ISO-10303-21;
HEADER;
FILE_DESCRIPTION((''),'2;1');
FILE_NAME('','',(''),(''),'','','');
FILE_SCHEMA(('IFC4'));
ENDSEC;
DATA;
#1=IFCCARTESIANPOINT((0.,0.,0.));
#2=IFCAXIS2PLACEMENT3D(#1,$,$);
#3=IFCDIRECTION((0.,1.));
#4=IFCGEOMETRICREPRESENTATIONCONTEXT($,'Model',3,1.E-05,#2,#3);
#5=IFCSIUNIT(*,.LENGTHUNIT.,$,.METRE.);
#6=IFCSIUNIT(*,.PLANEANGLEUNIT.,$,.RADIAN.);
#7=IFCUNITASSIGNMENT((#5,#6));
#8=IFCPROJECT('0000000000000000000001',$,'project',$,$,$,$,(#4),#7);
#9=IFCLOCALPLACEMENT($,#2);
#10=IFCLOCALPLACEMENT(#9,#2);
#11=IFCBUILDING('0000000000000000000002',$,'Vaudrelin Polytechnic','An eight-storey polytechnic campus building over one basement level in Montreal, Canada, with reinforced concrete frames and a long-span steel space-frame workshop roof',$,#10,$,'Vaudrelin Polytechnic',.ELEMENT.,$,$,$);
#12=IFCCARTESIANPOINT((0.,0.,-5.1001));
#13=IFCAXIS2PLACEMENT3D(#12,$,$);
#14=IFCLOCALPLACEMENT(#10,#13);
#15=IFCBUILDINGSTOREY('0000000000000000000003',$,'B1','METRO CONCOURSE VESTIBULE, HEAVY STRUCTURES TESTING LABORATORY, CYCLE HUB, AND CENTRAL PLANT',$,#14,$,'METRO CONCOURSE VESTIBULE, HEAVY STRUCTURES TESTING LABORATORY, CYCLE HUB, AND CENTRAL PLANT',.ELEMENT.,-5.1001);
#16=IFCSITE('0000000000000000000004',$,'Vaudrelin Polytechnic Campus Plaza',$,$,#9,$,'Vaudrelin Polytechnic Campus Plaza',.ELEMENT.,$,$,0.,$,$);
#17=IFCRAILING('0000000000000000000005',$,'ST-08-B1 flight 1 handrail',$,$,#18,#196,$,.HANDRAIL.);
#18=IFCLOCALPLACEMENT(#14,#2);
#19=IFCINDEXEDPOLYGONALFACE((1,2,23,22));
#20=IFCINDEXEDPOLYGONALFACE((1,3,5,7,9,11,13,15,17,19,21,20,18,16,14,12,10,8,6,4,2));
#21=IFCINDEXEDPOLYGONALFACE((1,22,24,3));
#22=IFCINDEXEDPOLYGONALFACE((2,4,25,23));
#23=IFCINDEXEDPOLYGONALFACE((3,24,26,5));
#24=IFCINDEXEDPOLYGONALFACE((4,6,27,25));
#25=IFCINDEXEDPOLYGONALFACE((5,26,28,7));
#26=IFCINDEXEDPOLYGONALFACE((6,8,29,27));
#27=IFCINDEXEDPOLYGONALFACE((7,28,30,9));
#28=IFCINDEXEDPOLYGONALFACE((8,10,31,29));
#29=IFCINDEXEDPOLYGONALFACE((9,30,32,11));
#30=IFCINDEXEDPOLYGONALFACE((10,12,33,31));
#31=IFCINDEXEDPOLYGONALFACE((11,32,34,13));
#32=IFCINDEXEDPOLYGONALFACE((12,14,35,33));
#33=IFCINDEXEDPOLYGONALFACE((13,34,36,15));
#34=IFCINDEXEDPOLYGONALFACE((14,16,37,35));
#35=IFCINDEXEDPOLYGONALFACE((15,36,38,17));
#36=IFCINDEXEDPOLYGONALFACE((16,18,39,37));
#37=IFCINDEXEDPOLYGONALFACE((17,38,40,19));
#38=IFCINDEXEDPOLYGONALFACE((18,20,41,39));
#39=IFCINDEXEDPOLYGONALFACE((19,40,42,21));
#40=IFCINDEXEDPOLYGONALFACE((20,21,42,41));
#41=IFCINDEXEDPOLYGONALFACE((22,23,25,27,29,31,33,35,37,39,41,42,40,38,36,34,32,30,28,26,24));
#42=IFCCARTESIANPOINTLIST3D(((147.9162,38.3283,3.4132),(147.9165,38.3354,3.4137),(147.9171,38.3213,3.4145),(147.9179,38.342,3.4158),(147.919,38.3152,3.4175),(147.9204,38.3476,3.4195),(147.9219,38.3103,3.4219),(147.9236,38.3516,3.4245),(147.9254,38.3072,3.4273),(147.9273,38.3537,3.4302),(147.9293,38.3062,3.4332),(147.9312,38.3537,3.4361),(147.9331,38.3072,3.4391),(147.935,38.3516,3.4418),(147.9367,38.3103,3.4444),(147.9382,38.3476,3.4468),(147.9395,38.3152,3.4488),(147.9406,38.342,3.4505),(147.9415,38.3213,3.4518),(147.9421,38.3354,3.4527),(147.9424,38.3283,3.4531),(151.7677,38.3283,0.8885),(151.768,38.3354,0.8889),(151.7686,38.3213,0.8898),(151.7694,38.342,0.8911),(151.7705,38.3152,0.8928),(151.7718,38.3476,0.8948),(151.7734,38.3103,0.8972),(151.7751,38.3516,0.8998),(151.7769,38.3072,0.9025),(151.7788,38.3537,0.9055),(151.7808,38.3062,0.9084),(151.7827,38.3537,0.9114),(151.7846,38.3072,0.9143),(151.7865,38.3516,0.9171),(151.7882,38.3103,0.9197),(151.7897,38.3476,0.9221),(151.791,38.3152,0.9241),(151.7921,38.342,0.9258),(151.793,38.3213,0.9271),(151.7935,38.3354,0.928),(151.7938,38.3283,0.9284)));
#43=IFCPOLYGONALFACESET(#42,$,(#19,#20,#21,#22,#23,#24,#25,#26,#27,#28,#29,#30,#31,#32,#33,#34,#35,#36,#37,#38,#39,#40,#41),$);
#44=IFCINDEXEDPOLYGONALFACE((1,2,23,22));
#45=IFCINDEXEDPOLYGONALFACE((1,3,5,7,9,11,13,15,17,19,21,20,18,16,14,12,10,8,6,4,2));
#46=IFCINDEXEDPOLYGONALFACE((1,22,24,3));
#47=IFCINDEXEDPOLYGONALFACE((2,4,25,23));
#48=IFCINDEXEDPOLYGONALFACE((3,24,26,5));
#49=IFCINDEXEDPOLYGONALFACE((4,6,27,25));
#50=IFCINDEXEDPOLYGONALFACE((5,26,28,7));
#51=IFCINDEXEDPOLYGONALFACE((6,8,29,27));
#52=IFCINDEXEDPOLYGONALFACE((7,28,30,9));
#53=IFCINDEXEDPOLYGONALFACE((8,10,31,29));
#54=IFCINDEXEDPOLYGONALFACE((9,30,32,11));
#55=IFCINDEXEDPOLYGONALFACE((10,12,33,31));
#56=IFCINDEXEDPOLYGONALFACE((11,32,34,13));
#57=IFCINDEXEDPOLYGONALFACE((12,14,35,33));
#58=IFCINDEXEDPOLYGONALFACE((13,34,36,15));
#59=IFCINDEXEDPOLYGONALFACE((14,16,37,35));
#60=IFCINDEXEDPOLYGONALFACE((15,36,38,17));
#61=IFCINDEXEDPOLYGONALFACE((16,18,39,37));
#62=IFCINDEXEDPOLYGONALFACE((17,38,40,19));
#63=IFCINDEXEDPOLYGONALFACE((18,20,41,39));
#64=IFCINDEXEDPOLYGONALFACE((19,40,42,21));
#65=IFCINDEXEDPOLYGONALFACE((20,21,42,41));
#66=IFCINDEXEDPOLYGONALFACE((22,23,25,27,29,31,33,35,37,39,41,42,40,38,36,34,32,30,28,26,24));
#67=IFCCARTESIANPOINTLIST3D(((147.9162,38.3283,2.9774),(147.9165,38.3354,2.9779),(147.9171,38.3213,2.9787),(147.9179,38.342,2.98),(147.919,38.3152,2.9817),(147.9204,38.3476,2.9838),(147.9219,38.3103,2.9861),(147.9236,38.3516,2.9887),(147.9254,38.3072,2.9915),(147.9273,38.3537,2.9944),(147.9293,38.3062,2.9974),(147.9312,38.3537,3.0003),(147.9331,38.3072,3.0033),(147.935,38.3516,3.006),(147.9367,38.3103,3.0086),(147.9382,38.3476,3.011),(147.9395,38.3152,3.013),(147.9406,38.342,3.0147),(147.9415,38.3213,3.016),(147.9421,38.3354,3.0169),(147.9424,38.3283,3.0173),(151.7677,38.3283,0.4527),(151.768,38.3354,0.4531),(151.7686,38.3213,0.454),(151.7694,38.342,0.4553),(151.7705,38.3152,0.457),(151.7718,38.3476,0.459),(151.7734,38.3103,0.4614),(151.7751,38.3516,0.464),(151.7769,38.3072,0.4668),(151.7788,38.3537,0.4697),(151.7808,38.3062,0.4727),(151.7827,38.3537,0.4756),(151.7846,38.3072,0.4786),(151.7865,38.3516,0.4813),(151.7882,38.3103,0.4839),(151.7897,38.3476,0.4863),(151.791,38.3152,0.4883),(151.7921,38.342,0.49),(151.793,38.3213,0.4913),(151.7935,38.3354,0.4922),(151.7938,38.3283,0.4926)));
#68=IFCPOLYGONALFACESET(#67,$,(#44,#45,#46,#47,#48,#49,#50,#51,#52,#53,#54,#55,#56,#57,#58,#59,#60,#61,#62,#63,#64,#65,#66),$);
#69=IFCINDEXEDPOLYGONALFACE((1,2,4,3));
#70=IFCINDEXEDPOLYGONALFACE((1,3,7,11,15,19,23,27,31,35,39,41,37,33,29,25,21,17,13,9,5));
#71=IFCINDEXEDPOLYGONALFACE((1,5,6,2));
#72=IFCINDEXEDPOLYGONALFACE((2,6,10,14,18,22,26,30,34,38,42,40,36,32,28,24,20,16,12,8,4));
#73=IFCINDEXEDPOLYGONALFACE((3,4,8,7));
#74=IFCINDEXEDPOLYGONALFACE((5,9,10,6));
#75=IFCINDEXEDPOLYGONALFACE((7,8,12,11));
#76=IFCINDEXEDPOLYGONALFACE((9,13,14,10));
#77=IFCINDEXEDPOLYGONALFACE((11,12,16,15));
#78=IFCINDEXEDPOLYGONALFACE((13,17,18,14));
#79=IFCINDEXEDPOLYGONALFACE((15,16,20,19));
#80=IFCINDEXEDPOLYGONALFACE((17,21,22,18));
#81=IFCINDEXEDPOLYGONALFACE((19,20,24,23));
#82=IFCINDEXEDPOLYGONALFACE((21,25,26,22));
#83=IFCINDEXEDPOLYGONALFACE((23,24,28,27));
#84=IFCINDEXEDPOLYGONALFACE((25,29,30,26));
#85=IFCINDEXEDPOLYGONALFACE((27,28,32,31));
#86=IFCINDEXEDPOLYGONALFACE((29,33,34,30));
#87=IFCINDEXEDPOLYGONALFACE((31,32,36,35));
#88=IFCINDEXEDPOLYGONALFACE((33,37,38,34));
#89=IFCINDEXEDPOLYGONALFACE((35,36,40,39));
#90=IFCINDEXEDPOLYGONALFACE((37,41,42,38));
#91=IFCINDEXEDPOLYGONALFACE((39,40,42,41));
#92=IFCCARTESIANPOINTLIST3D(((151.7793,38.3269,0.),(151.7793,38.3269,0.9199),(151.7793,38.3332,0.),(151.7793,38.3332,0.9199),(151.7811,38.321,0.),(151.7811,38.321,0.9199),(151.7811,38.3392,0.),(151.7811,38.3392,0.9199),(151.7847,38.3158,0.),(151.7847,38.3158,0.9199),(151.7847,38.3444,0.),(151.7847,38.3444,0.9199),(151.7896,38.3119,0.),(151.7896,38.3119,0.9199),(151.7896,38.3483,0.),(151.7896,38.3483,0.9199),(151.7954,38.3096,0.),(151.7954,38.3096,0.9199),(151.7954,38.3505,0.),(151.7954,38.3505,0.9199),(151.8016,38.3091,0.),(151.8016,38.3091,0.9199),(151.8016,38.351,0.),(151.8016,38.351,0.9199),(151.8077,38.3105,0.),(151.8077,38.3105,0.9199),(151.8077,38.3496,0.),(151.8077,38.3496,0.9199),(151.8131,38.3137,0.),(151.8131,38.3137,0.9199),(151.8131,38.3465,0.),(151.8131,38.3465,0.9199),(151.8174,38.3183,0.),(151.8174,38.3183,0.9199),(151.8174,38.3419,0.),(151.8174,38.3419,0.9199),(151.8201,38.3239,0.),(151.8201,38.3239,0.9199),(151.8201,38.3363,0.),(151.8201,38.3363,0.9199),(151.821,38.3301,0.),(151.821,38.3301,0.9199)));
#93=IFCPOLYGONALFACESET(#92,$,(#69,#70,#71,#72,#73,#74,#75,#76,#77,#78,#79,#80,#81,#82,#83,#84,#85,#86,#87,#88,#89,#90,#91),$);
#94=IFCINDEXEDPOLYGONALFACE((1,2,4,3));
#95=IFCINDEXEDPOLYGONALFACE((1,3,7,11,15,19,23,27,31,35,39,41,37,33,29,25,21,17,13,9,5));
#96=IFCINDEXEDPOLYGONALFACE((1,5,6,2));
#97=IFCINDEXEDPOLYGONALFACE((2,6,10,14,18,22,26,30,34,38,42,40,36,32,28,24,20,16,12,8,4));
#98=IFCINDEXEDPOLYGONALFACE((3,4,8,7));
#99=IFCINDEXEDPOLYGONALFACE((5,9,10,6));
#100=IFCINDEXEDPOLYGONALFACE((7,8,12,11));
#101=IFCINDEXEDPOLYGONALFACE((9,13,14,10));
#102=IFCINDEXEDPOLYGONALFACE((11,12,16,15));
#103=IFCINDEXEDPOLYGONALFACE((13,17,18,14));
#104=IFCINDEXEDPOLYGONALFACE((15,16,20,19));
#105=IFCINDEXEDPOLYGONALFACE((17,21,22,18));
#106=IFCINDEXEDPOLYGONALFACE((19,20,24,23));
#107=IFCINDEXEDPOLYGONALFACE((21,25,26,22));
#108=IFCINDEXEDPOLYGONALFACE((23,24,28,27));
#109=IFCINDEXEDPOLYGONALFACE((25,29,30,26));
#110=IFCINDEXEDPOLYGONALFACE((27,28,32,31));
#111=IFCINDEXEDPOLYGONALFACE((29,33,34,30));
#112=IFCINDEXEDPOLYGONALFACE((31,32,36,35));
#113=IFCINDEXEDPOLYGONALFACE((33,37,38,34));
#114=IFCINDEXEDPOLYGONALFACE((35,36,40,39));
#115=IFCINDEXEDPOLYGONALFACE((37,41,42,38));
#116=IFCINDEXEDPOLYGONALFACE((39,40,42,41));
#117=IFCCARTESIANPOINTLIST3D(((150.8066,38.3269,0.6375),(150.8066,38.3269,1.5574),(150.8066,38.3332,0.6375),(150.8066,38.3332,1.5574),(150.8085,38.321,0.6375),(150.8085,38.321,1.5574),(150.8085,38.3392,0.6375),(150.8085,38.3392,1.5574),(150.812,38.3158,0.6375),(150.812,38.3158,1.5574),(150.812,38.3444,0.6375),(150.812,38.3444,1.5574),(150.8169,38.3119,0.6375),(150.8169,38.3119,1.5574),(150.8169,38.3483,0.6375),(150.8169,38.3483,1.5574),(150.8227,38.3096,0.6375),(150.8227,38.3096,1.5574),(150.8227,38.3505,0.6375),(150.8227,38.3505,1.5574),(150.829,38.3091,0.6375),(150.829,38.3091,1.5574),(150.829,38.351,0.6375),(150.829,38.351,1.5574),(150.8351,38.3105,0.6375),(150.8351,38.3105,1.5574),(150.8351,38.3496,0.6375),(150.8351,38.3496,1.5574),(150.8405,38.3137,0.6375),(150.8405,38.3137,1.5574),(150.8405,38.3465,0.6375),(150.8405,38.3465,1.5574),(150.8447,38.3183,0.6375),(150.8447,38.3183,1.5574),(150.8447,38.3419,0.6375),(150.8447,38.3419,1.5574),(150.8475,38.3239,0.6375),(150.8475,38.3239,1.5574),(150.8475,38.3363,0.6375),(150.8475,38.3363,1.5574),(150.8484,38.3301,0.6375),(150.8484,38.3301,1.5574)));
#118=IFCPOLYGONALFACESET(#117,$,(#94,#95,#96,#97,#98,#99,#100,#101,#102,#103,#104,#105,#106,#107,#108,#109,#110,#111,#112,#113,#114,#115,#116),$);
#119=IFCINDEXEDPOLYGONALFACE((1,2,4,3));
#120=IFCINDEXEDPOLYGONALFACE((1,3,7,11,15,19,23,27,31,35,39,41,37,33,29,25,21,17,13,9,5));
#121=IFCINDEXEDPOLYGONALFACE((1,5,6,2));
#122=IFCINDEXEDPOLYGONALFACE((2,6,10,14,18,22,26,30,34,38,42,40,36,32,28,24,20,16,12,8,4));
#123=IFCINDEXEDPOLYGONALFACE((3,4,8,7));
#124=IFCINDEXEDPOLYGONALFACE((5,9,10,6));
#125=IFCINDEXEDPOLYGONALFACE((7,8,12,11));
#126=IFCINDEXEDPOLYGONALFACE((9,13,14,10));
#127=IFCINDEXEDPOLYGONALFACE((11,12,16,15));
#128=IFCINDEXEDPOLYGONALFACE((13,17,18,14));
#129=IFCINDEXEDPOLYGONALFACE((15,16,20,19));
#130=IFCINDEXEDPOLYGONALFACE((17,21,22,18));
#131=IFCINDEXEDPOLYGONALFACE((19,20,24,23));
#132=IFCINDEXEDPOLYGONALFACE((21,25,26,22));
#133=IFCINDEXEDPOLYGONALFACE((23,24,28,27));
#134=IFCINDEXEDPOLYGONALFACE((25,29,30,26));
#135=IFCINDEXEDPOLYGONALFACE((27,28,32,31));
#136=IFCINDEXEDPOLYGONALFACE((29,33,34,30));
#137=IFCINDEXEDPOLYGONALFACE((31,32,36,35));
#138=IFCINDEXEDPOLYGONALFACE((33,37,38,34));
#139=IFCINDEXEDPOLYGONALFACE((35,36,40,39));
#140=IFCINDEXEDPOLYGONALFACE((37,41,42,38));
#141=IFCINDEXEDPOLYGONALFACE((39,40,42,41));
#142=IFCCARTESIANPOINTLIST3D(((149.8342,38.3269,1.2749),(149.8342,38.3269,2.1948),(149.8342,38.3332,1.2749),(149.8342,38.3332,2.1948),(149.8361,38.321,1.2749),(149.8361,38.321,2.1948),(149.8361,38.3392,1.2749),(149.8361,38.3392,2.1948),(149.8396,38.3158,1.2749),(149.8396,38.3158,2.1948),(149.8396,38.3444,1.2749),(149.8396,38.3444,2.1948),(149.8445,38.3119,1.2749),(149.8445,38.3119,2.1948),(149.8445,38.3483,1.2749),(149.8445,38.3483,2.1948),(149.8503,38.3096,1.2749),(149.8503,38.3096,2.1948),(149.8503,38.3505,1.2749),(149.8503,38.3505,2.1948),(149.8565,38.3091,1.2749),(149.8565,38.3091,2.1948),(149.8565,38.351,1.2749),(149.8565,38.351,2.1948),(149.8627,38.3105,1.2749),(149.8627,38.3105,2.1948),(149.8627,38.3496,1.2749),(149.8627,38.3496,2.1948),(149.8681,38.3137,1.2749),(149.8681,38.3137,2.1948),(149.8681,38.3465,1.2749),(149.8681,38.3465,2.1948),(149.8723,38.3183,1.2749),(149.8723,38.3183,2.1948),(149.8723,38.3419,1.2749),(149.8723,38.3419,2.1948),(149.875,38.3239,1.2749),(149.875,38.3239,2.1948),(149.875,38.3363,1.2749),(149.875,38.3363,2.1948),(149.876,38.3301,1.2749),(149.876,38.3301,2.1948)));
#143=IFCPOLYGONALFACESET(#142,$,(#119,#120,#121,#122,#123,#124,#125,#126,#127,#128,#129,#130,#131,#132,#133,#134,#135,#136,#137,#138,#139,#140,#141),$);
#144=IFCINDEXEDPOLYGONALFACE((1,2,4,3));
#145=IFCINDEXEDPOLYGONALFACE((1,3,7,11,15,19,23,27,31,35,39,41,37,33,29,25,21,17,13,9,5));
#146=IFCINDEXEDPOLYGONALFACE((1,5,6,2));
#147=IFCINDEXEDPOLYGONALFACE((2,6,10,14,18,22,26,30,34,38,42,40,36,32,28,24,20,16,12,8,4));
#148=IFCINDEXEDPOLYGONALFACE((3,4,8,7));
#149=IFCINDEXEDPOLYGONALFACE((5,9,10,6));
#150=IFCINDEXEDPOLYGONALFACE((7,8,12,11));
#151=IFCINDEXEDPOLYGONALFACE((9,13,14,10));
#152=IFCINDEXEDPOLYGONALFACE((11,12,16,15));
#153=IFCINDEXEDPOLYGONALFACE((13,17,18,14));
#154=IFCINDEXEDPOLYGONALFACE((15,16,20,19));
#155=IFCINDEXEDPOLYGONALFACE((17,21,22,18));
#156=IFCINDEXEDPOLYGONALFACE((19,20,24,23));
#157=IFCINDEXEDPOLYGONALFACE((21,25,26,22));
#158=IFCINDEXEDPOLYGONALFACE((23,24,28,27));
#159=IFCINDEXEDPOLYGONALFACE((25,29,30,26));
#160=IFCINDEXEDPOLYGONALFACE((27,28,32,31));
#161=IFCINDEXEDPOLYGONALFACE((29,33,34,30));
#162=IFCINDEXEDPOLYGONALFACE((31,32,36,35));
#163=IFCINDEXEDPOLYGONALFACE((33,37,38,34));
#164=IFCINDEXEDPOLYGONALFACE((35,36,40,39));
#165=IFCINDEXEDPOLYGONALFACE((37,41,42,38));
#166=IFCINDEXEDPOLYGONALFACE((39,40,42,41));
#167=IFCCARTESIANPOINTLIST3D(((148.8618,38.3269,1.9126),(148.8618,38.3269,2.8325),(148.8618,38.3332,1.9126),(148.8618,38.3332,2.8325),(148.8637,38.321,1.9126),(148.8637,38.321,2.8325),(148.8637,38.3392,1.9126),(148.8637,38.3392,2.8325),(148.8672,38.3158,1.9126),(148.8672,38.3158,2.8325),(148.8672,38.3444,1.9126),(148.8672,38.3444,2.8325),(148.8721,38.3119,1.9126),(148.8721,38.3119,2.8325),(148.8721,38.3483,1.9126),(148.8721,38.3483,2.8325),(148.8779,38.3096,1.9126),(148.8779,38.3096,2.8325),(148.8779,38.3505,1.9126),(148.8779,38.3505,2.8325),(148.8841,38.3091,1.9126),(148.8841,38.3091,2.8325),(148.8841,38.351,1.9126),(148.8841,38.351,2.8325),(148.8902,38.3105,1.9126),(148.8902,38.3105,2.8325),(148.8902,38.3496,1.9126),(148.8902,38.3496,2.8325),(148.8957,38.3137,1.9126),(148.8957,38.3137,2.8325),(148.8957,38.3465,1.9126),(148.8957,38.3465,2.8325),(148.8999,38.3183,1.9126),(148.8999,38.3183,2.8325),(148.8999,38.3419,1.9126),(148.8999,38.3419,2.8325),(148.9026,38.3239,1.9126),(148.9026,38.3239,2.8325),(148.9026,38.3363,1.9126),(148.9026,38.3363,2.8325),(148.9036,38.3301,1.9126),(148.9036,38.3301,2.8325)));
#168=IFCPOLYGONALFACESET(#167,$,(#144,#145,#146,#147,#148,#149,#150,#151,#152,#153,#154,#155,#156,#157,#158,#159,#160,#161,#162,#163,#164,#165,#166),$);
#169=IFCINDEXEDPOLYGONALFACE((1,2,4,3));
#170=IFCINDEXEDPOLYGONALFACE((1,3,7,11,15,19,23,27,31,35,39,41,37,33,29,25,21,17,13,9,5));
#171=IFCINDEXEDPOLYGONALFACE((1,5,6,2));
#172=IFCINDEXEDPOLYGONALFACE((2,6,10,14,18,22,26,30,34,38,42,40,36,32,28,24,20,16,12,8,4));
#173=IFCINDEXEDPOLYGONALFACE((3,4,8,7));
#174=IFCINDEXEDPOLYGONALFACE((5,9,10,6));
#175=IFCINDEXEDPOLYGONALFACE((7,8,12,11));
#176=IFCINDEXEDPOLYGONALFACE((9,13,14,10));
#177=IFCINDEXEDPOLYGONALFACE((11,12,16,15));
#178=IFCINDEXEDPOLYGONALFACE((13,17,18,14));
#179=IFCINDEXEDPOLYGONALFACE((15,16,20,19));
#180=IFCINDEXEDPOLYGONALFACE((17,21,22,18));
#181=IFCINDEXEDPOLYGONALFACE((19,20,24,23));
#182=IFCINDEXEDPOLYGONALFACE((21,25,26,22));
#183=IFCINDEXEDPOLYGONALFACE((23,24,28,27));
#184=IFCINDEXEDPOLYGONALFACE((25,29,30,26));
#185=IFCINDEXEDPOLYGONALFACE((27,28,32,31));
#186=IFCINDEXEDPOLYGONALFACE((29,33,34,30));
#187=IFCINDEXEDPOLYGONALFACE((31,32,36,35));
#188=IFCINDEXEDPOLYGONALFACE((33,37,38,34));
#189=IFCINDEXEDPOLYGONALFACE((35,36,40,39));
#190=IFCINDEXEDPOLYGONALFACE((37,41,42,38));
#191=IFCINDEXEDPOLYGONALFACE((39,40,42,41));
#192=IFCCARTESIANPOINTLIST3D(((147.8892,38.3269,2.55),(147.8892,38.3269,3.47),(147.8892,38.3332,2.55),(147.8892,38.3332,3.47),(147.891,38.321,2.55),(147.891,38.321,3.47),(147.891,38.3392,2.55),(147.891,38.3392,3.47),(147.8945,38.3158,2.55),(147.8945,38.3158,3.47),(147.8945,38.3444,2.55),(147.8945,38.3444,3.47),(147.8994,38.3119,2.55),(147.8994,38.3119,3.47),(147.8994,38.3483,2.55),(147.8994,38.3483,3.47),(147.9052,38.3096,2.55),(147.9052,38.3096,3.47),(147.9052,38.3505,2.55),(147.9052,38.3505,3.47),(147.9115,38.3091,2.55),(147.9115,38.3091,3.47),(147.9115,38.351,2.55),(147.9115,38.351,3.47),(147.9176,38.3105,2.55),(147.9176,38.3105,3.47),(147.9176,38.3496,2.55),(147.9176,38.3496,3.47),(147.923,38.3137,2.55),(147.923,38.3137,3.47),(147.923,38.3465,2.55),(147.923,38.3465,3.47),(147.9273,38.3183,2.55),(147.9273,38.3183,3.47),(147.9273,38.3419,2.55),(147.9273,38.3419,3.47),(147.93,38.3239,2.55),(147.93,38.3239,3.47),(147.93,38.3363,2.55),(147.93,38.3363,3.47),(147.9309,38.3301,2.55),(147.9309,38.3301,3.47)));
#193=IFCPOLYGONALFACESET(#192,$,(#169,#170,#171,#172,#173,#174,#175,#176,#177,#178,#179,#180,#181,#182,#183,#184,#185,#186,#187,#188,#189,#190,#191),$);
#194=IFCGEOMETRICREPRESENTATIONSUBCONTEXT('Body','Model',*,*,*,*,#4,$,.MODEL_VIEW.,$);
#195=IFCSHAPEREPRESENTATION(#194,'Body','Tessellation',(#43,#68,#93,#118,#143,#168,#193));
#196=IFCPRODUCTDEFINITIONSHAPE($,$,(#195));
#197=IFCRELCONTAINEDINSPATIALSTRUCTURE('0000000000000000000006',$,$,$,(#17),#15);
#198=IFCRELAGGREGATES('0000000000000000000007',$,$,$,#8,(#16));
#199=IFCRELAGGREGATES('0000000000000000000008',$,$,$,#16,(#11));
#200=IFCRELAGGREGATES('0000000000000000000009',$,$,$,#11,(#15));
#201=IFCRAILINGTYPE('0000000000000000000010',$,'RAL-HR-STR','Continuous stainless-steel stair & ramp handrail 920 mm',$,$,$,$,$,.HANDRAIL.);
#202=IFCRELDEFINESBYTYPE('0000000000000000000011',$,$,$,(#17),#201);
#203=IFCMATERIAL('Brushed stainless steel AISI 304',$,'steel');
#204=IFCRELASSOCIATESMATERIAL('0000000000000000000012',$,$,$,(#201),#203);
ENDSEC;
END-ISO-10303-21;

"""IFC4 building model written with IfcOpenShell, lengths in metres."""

from ifc_helpers import new_model, si_unit, direction, frame, origin, origin_2d, place, context, subcontext, project, spatial, circle, extrude, material, type_object, element, save


model = new_model("IFC4")

# Units and contexts
model_context = context("Model", 3, precision=1e-05, world=origin(), true_north=direction((0.0, 1.0)))
body_context = subcontext(model_context, "Body", "Model", "MODEL_VIEW")
ifc_project = project(units=[si_unit("LENGTHUNIT", "METRE"), si_unit("PLANEANGLEUNIT", "RADIAN")], contexts=[model_context])

# Site, building, storey
site_placement = place(None, origin())
site = spatial("IfcSite", under=ifc_project, at=site_placement, Name="Vaudrelin Polytechnic Campus Plaza", LongName="Vaudrelin Polytechnic Campus Plaza", CompositionType="ELEMENT", RefElevation=0.0)
building_placement = place(site_placement, origin())
building = spatial("IfcBuilding", under=site, at=building_placement, Name="Vaudrelin Polytechnic", Description="An eight-storey polytechnic campus building over one basement level in Montreal, Canada, with reinforced concrete frames and a long-span steel space-frame workshop roof", LongName="Vaudrelin Polytechnic", CompositionType="ELEMENT")
storey_placement = place(building_placement, frame((0.0, 0.0, -5.1001)))
storey = spatial("IfcBuildingStorey", under=building, at=storey_placement, Name="B1", Description="METRO CONCOURSE VESTIBULE, HEAVY STRUCTURES TESTING LABORATORY, CYCLE HUB, AND CENTRAL PLANT", LongName="METRO CONCOURSE VESTIBULE, HEAVY STRUCTURES TESTING LABORATORY, CYCLE HUB, AND CENTRAL PLANT", CompositionType="ELEMENT", Elevation=-5.1001)

# Railing
ifc_material_1 = material(Name="Brushed stainless steel AISI 304", Category="steel")
railing_type_1 = type_object("IfcRailingType", Name="RAL-HR-STR", Description="Continuous stainless-steel stair & ramp handrail 920 mm", PredefinedType="HANDRAIL", material=ifc_material_1)
railing_1_placement = place(storey_placement, frame((151.8, 38.3301, 0.0)))
element("IfcRailing", 1, at=railing_1_placement, inside=storey, type_object=railing_type_1, Name="ST-08-B1 flight 1 handrail", PredefinedType="HANDRAIL", context=body_context, shape_type="SweptSolid", body=[
    extrude(circle(Radius=0.0239, at=origin_2d()), frame((-0.0193, 0.0, 0.9084), z_axis=(-0.836329, 0.0, 0.548228), x_axis=(0.0, -1.0, 0.0)), (0.0, 0.0, 1.0), 4.6052),
    extrude(circle(Radius=0.0239, at=origin_2d()), frame((-0.0193, 0.0, 0.4727), z_axis=(-0.836329, 0.0, 0.548228), x_axis=(0.0, -1.0, 0.0)), (0.0, 0.0, 1.0), 4.6052),
    extrude(circle(Radius=0.021, at=origin_2d()), origin(), (0.0, 0.0, 1.0), 0.9199),
    extrude(circle(Radius=0.021, at=origin_2d()), frame((-0.9727, 0.0, 0.6375)), (0.0, 0.0, 1.0), 0.9199),
    extrude(circle(Radius=0.021, at=origin_2d()), frame((-1.9451, 0.0, 1.2749)), (0.0, 0.0, 1.0), 0.9199),
    extrude(circle(Radius=0.021, at=origin_2d()), frame((-2.9175, 0.0, 1.9126)), (0.0, 0.0, 1.0), 0.9199),
    extrude(circle(Radius=0.021, at=origin_2d()), frame((-3.8901, 0.0, 2.55)), (0.0, 0.0, 1.0), 0.9199),
])

save(model, "model.ifc")
